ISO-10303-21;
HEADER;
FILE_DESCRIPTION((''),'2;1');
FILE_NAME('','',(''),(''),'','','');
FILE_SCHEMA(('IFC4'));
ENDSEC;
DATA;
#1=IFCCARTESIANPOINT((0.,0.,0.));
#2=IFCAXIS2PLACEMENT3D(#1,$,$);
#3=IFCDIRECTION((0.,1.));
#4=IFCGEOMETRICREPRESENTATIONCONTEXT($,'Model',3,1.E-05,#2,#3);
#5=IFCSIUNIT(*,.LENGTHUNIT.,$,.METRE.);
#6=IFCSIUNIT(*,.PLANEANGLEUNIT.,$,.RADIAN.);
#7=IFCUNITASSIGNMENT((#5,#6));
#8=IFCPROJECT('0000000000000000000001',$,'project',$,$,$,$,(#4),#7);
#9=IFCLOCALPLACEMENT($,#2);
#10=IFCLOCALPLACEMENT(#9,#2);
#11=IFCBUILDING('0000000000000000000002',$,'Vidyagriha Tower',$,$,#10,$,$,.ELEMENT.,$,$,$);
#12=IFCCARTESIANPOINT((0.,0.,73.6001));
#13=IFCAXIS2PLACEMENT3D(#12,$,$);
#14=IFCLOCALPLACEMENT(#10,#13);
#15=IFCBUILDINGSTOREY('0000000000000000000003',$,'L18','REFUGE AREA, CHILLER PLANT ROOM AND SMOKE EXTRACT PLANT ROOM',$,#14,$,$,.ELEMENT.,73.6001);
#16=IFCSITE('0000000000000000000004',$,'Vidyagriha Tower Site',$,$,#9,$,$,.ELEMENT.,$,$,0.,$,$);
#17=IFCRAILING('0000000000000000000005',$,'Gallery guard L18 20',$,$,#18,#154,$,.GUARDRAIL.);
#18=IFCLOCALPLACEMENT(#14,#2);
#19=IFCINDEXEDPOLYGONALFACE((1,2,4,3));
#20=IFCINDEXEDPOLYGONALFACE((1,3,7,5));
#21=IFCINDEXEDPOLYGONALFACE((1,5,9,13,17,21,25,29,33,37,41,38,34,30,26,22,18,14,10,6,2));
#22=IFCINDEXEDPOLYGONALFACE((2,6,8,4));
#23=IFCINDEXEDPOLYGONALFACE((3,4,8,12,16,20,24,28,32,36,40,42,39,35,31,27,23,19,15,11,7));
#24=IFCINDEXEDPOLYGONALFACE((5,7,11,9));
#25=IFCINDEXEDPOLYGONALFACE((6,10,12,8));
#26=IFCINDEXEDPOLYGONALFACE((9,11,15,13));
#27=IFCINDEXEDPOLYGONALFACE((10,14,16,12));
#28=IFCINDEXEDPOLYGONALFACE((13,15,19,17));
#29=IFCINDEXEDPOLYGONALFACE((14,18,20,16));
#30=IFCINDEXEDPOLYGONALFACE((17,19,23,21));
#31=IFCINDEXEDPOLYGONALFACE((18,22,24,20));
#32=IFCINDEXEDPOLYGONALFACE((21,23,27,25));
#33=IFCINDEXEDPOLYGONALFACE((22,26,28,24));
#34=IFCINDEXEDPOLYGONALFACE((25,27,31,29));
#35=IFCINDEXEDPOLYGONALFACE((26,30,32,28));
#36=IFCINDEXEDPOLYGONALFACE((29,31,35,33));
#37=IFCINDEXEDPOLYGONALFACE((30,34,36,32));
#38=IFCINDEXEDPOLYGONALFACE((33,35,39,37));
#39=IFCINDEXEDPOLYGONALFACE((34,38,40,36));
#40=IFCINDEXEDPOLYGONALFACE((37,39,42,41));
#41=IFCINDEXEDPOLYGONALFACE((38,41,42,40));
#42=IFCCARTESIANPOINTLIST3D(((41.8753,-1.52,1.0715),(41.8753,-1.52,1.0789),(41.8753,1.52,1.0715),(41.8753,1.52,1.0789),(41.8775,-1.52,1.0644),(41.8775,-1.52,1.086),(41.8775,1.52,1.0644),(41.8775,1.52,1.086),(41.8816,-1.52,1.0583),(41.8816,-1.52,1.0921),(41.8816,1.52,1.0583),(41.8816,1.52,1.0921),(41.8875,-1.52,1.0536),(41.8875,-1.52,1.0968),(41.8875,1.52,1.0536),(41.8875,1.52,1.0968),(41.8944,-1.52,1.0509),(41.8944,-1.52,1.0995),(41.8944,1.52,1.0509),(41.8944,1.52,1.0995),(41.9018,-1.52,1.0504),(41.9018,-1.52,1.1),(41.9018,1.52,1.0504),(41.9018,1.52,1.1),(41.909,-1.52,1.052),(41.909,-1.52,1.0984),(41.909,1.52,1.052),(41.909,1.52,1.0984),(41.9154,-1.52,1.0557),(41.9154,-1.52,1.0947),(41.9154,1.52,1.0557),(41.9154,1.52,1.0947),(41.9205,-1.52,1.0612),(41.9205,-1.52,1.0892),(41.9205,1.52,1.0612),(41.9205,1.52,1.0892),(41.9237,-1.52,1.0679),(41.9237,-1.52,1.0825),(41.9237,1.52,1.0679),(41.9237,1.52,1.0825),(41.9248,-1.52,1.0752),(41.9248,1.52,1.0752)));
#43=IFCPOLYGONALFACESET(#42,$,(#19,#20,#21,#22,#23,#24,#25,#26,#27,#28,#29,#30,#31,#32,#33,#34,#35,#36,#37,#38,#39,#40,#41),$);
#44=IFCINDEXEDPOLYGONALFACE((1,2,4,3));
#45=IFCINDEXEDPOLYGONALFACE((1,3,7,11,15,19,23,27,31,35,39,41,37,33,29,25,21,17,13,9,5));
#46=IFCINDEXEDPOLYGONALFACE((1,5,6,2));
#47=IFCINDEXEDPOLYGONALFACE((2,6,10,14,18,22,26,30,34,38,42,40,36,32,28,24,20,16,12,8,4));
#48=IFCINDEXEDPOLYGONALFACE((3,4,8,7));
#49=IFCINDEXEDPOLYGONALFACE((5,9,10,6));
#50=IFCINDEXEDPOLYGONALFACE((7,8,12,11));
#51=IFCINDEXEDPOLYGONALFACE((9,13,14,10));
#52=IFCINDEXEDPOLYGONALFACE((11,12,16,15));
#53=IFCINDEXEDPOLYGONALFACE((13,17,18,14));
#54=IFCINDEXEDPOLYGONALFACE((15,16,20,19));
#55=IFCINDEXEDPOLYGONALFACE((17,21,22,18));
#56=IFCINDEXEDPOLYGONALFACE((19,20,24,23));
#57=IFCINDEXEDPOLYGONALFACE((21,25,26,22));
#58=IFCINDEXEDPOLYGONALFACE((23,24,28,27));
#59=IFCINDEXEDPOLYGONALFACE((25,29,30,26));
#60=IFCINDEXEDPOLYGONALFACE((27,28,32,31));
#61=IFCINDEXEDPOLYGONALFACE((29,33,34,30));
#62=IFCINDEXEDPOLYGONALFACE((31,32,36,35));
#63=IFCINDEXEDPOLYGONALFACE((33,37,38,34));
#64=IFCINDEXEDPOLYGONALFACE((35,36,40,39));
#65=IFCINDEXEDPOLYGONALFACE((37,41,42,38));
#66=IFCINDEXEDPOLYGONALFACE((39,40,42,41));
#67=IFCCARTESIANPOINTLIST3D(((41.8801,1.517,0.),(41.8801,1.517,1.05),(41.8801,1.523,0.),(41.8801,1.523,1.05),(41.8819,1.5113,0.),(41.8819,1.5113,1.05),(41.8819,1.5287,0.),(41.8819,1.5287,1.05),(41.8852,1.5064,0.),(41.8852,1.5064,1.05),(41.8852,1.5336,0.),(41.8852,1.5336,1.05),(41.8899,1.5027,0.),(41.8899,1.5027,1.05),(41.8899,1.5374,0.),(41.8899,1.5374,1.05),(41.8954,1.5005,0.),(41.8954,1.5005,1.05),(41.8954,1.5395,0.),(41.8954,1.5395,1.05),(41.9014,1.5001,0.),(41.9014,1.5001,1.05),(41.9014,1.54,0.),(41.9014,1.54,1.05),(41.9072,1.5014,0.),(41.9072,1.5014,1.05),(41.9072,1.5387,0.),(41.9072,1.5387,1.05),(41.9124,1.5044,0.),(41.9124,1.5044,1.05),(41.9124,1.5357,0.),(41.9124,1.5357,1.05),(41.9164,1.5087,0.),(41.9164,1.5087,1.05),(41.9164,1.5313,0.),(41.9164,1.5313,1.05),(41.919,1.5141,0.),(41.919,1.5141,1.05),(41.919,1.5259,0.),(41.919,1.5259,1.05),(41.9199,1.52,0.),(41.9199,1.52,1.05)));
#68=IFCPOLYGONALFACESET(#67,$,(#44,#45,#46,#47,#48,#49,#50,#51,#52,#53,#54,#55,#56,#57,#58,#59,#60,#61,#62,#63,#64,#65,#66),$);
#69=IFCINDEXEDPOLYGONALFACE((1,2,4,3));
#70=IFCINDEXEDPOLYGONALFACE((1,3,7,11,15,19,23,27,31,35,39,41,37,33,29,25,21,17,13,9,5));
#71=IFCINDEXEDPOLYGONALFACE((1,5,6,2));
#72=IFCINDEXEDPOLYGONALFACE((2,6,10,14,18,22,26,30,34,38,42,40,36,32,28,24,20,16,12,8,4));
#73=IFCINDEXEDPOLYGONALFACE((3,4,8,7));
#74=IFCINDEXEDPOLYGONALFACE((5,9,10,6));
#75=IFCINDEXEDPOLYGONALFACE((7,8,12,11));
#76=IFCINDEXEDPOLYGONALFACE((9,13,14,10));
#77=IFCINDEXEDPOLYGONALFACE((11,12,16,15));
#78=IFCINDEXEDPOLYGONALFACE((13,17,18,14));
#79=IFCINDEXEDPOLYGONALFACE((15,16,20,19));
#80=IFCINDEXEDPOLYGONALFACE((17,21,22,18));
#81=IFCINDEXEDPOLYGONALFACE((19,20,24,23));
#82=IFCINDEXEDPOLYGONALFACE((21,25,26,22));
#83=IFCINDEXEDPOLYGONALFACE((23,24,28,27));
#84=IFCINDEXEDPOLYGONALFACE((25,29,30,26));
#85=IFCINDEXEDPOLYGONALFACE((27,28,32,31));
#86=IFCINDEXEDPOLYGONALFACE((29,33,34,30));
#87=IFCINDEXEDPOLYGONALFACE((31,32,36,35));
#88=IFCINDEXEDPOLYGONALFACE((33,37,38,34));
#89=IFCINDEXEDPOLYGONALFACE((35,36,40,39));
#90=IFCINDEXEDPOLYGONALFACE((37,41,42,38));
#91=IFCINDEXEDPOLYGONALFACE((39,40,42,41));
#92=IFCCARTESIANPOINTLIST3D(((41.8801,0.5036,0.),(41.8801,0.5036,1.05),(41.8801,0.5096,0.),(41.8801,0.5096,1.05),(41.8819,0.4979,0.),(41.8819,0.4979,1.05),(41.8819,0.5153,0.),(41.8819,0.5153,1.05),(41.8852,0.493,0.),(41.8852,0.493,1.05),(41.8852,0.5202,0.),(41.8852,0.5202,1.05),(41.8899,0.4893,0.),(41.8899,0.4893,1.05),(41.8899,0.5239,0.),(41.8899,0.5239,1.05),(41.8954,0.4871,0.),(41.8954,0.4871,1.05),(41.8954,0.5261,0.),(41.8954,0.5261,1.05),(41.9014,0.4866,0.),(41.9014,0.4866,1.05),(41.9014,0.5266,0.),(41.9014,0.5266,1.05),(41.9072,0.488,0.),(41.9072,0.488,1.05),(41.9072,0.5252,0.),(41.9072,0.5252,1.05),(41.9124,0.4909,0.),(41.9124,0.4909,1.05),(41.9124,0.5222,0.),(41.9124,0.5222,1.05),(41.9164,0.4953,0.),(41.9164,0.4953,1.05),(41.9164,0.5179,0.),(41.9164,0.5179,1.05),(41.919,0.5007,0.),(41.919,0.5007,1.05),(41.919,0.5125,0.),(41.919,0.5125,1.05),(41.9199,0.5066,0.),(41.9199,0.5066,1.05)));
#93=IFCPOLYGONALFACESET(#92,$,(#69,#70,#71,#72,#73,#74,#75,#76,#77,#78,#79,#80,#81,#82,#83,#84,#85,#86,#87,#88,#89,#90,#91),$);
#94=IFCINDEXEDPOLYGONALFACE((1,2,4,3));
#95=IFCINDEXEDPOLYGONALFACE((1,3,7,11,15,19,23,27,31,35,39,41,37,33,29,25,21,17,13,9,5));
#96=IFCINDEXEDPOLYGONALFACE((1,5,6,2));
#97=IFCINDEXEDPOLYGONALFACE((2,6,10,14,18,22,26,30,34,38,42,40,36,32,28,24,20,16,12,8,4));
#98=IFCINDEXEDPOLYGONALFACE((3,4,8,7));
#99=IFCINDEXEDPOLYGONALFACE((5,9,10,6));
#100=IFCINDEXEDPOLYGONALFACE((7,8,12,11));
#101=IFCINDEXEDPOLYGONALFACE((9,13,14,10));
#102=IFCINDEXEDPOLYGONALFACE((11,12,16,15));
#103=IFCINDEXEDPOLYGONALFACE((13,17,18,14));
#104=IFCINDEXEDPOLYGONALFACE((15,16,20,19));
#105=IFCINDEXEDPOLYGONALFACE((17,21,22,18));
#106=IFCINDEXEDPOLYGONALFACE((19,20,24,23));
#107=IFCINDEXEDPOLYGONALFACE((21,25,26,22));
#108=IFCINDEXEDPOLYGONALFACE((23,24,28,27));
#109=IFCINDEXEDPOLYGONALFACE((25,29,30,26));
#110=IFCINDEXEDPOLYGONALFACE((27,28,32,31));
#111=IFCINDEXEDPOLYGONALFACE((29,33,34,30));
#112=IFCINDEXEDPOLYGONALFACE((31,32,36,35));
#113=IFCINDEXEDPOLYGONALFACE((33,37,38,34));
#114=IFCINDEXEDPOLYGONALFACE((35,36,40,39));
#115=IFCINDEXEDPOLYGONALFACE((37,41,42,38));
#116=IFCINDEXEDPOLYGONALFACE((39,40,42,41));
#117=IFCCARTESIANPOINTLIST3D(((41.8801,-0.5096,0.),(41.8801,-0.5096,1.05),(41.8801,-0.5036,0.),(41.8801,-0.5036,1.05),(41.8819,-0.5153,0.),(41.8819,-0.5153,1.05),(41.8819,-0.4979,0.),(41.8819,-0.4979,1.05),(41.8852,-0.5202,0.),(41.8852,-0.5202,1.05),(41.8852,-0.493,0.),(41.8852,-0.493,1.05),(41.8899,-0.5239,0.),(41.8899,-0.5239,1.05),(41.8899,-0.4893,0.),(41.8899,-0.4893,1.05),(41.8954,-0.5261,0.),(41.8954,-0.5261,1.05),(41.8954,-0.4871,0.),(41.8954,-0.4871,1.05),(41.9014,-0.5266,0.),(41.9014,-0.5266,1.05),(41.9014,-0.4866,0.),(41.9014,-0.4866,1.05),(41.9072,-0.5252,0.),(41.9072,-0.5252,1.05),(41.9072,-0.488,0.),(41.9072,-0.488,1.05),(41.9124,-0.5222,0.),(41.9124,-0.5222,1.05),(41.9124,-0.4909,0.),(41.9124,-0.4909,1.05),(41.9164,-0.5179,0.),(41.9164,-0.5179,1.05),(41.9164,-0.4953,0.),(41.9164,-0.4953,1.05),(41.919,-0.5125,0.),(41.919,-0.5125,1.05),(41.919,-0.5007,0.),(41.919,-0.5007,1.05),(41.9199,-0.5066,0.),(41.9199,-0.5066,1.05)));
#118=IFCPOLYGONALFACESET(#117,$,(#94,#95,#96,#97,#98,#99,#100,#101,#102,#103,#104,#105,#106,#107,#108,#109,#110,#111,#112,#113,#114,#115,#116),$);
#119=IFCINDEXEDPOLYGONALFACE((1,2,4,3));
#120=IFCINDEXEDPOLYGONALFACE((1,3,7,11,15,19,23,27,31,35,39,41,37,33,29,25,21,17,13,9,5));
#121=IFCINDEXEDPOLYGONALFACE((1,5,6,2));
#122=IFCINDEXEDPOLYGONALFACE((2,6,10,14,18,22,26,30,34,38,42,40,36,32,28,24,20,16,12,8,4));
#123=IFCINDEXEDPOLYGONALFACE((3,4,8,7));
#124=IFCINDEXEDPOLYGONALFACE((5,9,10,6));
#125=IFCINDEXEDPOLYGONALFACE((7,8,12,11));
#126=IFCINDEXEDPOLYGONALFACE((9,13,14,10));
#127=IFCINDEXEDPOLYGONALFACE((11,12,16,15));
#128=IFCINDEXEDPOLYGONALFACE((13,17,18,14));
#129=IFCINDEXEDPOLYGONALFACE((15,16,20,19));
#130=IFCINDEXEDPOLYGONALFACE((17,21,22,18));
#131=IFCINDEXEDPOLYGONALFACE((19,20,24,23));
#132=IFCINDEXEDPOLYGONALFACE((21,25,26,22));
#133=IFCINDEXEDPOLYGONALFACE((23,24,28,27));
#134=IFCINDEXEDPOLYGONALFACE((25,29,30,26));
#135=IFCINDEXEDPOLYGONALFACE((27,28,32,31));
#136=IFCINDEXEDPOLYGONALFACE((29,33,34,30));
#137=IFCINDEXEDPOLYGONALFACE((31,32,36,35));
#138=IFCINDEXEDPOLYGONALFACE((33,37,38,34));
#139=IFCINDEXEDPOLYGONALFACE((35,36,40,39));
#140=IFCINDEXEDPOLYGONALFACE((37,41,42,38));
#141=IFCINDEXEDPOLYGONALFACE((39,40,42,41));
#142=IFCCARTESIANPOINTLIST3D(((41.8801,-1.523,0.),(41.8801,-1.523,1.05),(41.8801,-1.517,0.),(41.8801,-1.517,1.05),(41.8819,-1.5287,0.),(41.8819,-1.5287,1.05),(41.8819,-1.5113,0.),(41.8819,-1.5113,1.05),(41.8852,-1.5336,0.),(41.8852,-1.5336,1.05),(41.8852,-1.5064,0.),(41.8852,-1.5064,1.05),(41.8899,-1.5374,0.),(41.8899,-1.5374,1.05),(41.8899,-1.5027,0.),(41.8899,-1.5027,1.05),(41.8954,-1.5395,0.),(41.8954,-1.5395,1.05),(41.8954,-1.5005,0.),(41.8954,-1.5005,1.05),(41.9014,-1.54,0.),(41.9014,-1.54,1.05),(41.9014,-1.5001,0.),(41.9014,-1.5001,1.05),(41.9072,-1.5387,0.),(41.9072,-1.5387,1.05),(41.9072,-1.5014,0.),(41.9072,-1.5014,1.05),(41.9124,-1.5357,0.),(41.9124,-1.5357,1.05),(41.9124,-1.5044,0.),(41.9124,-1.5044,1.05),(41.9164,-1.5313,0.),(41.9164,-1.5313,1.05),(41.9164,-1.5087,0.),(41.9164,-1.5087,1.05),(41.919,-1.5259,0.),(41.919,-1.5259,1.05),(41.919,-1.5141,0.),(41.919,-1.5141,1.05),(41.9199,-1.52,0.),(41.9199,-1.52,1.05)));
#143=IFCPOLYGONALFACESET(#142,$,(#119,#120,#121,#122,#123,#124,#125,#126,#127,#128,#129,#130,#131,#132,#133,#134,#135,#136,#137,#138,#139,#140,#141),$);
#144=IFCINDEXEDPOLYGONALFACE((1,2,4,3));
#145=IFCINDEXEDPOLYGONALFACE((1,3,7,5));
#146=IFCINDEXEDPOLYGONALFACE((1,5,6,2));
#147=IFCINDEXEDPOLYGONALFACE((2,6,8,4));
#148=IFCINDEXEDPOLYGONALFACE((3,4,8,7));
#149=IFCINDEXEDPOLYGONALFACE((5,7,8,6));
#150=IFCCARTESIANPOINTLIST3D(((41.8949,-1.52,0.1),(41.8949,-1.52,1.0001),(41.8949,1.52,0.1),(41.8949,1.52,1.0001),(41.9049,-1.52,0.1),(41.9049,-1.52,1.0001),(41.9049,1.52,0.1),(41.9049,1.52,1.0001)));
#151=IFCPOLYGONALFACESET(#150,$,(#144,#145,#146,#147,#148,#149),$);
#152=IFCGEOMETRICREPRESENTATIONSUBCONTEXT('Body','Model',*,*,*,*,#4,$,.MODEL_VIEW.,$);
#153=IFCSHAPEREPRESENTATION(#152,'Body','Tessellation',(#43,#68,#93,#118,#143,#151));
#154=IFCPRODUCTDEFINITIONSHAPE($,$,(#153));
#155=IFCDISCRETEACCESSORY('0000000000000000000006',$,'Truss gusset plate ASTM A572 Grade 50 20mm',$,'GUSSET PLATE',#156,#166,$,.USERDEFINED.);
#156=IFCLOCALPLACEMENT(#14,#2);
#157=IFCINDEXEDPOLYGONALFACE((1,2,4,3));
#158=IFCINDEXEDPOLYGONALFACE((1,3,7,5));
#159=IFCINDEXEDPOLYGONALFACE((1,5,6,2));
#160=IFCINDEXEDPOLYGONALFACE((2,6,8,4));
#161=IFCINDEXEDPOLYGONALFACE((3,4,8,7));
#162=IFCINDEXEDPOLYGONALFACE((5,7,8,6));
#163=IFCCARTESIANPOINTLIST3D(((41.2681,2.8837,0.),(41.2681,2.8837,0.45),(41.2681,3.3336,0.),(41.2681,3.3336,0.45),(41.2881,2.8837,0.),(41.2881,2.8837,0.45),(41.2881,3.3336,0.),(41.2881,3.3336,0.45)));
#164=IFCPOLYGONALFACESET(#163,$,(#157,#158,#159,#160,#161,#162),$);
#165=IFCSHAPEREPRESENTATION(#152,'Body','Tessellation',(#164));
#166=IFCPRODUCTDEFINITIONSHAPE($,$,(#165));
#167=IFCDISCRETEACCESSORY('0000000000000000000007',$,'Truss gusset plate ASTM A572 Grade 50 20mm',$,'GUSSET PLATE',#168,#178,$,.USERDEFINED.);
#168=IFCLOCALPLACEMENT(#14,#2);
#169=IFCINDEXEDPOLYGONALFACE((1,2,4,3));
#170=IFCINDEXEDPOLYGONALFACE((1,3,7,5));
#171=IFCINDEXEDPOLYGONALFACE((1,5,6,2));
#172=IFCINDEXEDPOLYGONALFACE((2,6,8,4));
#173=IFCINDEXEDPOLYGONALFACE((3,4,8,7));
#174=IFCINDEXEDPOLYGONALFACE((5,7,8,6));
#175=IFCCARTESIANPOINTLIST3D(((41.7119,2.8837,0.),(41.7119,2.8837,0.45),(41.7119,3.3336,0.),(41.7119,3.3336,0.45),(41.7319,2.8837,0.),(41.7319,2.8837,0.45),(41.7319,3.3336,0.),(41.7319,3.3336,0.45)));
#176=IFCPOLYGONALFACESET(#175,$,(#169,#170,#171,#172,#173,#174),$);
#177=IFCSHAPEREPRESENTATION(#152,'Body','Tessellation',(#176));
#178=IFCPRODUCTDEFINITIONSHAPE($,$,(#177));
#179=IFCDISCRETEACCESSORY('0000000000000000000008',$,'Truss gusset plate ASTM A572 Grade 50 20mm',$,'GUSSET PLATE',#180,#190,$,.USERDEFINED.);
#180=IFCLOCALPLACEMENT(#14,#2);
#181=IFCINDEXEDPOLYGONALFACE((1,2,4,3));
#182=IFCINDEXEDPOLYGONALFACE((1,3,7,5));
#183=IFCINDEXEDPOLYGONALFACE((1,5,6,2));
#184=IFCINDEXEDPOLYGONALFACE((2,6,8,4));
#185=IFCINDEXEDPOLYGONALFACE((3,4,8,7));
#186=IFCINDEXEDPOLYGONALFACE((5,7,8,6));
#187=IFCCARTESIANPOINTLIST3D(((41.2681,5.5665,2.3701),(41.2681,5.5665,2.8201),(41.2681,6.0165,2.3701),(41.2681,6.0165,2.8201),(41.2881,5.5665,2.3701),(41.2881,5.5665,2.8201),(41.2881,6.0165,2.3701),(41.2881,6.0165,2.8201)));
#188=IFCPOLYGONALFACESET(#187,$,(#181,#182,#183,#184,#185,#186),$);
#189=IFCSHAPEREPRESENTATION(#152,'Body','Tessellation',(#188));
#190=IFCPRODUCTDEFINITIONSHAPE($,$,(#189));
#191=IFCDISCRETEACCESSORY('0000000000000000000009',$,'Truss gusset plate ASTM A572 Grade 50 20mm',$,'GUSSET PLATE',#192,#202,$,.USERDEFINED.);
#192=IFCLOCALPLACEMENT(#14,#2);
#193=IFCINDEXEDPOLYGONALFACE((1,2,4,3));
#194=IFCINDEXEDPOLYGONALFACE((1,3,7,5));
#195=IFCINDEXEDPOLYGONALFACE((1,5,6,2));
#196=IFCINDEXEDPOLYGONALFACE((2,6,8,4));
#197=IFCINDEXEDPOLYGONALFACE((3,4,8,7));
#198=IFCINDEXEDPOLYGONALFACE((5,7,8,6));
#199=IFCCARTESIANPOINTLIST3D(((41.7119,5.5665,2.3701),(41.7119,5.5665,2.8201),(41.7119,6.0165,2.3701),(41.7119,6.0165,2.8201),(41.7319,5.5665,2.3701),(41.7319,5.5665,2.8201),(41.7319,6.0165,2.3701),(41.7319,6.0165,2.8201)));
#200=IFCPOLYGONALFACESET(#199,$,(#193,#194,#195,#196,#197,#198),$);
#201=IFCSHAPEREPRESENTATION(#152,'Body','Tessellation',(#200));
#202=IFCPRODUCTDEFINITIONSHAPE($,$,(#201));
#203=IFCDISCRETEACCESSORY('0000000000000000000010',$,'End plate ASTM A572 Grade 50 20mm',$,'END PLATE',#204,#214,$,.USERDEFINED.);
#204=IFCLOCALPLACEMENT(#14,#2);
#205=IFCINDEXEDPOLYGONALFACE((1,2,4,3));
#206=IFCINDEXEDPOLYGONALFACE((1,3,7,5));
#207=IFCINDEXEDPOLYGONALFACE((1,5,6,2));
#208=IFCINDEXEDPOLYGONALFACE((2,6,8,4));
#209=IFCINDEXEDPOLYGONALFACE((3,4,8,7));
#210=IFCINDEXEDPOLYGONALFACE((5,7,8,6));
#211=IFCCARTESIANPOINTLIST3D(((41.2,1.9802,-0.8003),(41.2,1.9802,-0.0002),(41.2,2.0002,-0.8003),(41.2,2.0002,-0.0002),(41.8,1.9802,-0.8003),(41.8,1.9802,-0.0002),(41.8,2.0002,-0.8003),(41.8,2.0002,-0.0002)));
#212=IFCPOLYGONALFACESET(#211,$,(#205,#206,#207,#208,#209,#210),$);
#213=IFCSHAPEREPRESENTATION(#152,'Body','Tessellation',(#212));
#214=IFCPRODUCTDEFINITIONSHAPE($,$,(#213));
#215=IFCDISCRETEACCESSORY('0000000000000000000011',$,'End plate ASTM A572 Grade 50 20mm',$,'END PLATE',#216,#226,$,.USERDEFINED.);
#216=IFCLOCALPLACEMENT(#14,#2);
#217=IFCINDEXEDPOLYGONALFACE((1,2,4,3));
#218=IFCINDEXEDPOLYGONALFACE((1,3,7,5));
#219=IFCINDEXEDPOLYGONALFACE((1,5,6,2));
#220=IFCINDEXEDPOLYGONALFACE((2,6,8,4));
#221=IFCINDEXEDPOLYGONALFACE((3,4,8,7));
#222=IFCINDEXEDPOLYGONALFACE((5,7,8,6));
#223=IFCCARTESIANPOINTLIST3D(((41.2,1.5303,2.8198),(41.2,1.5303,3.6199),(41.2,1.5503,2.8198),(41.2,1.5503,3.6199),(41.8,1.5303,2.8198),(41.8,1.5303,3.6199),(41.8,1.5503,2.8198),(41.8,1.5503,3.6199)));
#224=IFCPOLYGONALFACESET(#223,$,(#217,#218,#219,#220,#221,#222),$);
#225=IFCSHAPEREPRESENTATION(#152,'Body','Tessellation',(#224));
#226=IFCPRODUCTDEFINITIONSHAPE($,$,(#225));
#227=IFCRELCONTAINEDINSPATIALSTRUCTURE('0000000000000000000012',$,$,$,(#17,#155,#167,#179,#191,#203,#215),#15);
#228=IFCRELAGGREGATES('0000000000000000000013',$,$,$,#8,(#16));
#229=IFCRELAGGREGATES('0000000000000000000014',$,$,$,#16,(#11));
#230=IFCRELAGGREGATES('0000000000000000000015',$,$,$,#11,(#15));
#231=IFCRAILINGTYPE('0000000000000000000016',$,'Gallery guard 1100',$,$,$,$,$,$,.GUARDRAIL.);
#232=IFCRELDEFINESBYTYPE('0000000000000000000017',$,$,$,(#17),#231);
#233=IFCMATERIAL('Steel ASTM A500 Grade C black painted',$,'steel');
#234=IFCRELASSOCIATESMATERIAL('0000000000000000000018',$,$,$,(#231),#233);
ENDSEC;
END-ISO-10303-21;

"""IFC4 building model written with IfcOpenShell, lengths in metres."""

from ifc_helpers import new_model, si_unit, direction, frame, origin, origin_2d, place, context, subcontext, project, spatial, rectangle, circle, extrude, material, type_object, element, save


model = new_model("IFC4")

# Units and contexts
model_context = context("Model", 3, precision=1e-05, world=origin(), true_north=direction((0.0, 1.0)))
body_context = subcontext(model_context, "Body", "Model", "MODEL_VIEW")
ifc_project = project(units=[si_unit("LENGTHUNIT", "METRE"), si_unit("PLANEANGLEUNIT", "RADIAN")], contexts=[model_context])

# Site, building, storey
site_placement = place(None, origin())
site = spatial("IfcSite", under=ifc_project, at=site_placement, Name="Vidyagriha Tower Site", CompositionType="ELEMENT", RefElevation=0.0)
building_placement = place(site_placement, origin())
building = spatial("IfcBuilding", under=site, at=building_placement, Name="Vidyagriha Tower", CompositionType="ELEMENT")
storey_placement = place(building_placement, frame((0.0, 0.0, 73.6001)))
storey = spatial("IfcBuildingStorey", under=building, at=storey_placement, Name="L18", Description="REFUGE AREA, CHILLER PLANT ROOM AND SMOKE EXTRACT PLANT ROOM", CompositionType="ELEMENT", Elevation=73.6001)

# Railing
ifc_material_1 = material(Name="Steel ASTM A500 Grade C black painted", Category="steel")
railing_type = type_object("IfcRailingType", Name="Gallery guard 1100", PredefinedType="GUARDRAIL", material=ifc_material_1)
railing_placement = place(storey_placement, frame((41.8999, 1.52, 0.0)))
element("IfcRailing", 1, at=railing_placement, inside=storey, type_object=railing_type, Name="Gallery guard L18 20", PredefinedType="GUARDRAIL", context=body_context, shape_type="SweptSolid", body=[
    extrude(circle(Radius=0.0249, at=origin_2d()), frame((0.0, 0.0, 1.0752), z_axis=(0.0, -1.0, 0.0), x_axis=(1.0, 0.0, 0.0)), (0.0, 0.0, 1.0), 3.04),
    extrude(circle(Radius=0.02, at=origin_2d()), origin(), (0.0, 0.0, 1.0), 1.05),
    extrude(circle(Radius=0.02, at=origin_2d()), frame((0.0, -1.0134, 0.0)), (0.0, 0.0, 1.0), 1.05),
    extrude(circle(Radius=0.02, at=origin_2d()), frame((0.0, -2.0266, 0.0)), (0.0, 0.0, 1.0), 1.05),
    extrude(circle(Radius=0.02, at=origin_2d()), frame((0.0, -3.04, 0.0)), (0.0, 0.0, 1.0), 1.05),
    extrude(rectangle(XDim=0.01, YDim=0.9001, at=origin_2d()), frame((0.0, 0.0, 0.55), z_axis=(0.0, -1.0, 0.0), x_axis=(1.0, 0.0, 0.0)), (0.0, 0.0, 1.0), 3.04),
])

# Discrete accessories
for number, where, z_axis, x_axis, name in (
    (2, (41.2781, 3.1086, 0.0), (0.0, 0.0, 1.0), (0.0, 1.0, 0.0), "Truss gusset plate ASTM A572 Grade 50 20mm"),
    (3, (41.7219, 3.1086, 0.0), (0.0, 0.0, 1.0), (0.0, 1.0, 0.0), "Truss gusset plate ASTM A572 Grade 50 20mm"),
    (4, (41.2781, 5.7915, 2.3701), (0.0, 0.0, 1.0), (0.0, 1.0, 0.0), "Truss gusset plate ASTM A572 Grade 50 20mm"),
    (5, (41.7219, 5.7915, 2.3701), (0.0, 0.0, 1.0), (0.0, 1.0, 0.0), "Truss gusset plate ASTM A572 Grade 50 20mm"),
):
    element("IfcDiscreteAccessory", number, at=place(storey_placement, frame(where, z_axis=z_axis, x_axis=x_axis)), inside=storey, Name=name, ObjectType="GUSSET PLATE", PredefinedType="USERDEFINED", context=body_context, shape_type="SweptSolid", body=[
        extrude(rectangle(XDim=0.45, YDim=0.02, at=origin_2d()), origin(), (0.0, 0.0, 1.0), 0.45),
    ])
for number, where, z_axis, x_axis, name in (
    (6, (41.5, 1.9902, -0.8003), (0.0, 0.0, 1.0), (0.0, 1.0, 0.0), "End plate ASTM A572 Grade 50 20mm"),
    (7, (41.5, 1.5403, 2.8198), (0.0, 0.0, 1.0), (0.0, 1.0, 0.0), "End plate ASTM A572 Grade 50 20mm"),
):
    element("IfcDiscreteAccessory", number, at=place(storey_placement, frame(where, z_axis=z_axis, x_axis=x_axis)), inside=storey, Name=name, ObjectType="END PLATE", PredefinedType="USERDEFINED", context=body_context, shape_type="SweptSolid", body=[
        extrude(rectangle(XDim=0.02, YDim=0.6001, at=origin_2d()), origin(), (0.0, 0.0, 1.0), 0.8),
    ])

save(model, "model.ifc")
